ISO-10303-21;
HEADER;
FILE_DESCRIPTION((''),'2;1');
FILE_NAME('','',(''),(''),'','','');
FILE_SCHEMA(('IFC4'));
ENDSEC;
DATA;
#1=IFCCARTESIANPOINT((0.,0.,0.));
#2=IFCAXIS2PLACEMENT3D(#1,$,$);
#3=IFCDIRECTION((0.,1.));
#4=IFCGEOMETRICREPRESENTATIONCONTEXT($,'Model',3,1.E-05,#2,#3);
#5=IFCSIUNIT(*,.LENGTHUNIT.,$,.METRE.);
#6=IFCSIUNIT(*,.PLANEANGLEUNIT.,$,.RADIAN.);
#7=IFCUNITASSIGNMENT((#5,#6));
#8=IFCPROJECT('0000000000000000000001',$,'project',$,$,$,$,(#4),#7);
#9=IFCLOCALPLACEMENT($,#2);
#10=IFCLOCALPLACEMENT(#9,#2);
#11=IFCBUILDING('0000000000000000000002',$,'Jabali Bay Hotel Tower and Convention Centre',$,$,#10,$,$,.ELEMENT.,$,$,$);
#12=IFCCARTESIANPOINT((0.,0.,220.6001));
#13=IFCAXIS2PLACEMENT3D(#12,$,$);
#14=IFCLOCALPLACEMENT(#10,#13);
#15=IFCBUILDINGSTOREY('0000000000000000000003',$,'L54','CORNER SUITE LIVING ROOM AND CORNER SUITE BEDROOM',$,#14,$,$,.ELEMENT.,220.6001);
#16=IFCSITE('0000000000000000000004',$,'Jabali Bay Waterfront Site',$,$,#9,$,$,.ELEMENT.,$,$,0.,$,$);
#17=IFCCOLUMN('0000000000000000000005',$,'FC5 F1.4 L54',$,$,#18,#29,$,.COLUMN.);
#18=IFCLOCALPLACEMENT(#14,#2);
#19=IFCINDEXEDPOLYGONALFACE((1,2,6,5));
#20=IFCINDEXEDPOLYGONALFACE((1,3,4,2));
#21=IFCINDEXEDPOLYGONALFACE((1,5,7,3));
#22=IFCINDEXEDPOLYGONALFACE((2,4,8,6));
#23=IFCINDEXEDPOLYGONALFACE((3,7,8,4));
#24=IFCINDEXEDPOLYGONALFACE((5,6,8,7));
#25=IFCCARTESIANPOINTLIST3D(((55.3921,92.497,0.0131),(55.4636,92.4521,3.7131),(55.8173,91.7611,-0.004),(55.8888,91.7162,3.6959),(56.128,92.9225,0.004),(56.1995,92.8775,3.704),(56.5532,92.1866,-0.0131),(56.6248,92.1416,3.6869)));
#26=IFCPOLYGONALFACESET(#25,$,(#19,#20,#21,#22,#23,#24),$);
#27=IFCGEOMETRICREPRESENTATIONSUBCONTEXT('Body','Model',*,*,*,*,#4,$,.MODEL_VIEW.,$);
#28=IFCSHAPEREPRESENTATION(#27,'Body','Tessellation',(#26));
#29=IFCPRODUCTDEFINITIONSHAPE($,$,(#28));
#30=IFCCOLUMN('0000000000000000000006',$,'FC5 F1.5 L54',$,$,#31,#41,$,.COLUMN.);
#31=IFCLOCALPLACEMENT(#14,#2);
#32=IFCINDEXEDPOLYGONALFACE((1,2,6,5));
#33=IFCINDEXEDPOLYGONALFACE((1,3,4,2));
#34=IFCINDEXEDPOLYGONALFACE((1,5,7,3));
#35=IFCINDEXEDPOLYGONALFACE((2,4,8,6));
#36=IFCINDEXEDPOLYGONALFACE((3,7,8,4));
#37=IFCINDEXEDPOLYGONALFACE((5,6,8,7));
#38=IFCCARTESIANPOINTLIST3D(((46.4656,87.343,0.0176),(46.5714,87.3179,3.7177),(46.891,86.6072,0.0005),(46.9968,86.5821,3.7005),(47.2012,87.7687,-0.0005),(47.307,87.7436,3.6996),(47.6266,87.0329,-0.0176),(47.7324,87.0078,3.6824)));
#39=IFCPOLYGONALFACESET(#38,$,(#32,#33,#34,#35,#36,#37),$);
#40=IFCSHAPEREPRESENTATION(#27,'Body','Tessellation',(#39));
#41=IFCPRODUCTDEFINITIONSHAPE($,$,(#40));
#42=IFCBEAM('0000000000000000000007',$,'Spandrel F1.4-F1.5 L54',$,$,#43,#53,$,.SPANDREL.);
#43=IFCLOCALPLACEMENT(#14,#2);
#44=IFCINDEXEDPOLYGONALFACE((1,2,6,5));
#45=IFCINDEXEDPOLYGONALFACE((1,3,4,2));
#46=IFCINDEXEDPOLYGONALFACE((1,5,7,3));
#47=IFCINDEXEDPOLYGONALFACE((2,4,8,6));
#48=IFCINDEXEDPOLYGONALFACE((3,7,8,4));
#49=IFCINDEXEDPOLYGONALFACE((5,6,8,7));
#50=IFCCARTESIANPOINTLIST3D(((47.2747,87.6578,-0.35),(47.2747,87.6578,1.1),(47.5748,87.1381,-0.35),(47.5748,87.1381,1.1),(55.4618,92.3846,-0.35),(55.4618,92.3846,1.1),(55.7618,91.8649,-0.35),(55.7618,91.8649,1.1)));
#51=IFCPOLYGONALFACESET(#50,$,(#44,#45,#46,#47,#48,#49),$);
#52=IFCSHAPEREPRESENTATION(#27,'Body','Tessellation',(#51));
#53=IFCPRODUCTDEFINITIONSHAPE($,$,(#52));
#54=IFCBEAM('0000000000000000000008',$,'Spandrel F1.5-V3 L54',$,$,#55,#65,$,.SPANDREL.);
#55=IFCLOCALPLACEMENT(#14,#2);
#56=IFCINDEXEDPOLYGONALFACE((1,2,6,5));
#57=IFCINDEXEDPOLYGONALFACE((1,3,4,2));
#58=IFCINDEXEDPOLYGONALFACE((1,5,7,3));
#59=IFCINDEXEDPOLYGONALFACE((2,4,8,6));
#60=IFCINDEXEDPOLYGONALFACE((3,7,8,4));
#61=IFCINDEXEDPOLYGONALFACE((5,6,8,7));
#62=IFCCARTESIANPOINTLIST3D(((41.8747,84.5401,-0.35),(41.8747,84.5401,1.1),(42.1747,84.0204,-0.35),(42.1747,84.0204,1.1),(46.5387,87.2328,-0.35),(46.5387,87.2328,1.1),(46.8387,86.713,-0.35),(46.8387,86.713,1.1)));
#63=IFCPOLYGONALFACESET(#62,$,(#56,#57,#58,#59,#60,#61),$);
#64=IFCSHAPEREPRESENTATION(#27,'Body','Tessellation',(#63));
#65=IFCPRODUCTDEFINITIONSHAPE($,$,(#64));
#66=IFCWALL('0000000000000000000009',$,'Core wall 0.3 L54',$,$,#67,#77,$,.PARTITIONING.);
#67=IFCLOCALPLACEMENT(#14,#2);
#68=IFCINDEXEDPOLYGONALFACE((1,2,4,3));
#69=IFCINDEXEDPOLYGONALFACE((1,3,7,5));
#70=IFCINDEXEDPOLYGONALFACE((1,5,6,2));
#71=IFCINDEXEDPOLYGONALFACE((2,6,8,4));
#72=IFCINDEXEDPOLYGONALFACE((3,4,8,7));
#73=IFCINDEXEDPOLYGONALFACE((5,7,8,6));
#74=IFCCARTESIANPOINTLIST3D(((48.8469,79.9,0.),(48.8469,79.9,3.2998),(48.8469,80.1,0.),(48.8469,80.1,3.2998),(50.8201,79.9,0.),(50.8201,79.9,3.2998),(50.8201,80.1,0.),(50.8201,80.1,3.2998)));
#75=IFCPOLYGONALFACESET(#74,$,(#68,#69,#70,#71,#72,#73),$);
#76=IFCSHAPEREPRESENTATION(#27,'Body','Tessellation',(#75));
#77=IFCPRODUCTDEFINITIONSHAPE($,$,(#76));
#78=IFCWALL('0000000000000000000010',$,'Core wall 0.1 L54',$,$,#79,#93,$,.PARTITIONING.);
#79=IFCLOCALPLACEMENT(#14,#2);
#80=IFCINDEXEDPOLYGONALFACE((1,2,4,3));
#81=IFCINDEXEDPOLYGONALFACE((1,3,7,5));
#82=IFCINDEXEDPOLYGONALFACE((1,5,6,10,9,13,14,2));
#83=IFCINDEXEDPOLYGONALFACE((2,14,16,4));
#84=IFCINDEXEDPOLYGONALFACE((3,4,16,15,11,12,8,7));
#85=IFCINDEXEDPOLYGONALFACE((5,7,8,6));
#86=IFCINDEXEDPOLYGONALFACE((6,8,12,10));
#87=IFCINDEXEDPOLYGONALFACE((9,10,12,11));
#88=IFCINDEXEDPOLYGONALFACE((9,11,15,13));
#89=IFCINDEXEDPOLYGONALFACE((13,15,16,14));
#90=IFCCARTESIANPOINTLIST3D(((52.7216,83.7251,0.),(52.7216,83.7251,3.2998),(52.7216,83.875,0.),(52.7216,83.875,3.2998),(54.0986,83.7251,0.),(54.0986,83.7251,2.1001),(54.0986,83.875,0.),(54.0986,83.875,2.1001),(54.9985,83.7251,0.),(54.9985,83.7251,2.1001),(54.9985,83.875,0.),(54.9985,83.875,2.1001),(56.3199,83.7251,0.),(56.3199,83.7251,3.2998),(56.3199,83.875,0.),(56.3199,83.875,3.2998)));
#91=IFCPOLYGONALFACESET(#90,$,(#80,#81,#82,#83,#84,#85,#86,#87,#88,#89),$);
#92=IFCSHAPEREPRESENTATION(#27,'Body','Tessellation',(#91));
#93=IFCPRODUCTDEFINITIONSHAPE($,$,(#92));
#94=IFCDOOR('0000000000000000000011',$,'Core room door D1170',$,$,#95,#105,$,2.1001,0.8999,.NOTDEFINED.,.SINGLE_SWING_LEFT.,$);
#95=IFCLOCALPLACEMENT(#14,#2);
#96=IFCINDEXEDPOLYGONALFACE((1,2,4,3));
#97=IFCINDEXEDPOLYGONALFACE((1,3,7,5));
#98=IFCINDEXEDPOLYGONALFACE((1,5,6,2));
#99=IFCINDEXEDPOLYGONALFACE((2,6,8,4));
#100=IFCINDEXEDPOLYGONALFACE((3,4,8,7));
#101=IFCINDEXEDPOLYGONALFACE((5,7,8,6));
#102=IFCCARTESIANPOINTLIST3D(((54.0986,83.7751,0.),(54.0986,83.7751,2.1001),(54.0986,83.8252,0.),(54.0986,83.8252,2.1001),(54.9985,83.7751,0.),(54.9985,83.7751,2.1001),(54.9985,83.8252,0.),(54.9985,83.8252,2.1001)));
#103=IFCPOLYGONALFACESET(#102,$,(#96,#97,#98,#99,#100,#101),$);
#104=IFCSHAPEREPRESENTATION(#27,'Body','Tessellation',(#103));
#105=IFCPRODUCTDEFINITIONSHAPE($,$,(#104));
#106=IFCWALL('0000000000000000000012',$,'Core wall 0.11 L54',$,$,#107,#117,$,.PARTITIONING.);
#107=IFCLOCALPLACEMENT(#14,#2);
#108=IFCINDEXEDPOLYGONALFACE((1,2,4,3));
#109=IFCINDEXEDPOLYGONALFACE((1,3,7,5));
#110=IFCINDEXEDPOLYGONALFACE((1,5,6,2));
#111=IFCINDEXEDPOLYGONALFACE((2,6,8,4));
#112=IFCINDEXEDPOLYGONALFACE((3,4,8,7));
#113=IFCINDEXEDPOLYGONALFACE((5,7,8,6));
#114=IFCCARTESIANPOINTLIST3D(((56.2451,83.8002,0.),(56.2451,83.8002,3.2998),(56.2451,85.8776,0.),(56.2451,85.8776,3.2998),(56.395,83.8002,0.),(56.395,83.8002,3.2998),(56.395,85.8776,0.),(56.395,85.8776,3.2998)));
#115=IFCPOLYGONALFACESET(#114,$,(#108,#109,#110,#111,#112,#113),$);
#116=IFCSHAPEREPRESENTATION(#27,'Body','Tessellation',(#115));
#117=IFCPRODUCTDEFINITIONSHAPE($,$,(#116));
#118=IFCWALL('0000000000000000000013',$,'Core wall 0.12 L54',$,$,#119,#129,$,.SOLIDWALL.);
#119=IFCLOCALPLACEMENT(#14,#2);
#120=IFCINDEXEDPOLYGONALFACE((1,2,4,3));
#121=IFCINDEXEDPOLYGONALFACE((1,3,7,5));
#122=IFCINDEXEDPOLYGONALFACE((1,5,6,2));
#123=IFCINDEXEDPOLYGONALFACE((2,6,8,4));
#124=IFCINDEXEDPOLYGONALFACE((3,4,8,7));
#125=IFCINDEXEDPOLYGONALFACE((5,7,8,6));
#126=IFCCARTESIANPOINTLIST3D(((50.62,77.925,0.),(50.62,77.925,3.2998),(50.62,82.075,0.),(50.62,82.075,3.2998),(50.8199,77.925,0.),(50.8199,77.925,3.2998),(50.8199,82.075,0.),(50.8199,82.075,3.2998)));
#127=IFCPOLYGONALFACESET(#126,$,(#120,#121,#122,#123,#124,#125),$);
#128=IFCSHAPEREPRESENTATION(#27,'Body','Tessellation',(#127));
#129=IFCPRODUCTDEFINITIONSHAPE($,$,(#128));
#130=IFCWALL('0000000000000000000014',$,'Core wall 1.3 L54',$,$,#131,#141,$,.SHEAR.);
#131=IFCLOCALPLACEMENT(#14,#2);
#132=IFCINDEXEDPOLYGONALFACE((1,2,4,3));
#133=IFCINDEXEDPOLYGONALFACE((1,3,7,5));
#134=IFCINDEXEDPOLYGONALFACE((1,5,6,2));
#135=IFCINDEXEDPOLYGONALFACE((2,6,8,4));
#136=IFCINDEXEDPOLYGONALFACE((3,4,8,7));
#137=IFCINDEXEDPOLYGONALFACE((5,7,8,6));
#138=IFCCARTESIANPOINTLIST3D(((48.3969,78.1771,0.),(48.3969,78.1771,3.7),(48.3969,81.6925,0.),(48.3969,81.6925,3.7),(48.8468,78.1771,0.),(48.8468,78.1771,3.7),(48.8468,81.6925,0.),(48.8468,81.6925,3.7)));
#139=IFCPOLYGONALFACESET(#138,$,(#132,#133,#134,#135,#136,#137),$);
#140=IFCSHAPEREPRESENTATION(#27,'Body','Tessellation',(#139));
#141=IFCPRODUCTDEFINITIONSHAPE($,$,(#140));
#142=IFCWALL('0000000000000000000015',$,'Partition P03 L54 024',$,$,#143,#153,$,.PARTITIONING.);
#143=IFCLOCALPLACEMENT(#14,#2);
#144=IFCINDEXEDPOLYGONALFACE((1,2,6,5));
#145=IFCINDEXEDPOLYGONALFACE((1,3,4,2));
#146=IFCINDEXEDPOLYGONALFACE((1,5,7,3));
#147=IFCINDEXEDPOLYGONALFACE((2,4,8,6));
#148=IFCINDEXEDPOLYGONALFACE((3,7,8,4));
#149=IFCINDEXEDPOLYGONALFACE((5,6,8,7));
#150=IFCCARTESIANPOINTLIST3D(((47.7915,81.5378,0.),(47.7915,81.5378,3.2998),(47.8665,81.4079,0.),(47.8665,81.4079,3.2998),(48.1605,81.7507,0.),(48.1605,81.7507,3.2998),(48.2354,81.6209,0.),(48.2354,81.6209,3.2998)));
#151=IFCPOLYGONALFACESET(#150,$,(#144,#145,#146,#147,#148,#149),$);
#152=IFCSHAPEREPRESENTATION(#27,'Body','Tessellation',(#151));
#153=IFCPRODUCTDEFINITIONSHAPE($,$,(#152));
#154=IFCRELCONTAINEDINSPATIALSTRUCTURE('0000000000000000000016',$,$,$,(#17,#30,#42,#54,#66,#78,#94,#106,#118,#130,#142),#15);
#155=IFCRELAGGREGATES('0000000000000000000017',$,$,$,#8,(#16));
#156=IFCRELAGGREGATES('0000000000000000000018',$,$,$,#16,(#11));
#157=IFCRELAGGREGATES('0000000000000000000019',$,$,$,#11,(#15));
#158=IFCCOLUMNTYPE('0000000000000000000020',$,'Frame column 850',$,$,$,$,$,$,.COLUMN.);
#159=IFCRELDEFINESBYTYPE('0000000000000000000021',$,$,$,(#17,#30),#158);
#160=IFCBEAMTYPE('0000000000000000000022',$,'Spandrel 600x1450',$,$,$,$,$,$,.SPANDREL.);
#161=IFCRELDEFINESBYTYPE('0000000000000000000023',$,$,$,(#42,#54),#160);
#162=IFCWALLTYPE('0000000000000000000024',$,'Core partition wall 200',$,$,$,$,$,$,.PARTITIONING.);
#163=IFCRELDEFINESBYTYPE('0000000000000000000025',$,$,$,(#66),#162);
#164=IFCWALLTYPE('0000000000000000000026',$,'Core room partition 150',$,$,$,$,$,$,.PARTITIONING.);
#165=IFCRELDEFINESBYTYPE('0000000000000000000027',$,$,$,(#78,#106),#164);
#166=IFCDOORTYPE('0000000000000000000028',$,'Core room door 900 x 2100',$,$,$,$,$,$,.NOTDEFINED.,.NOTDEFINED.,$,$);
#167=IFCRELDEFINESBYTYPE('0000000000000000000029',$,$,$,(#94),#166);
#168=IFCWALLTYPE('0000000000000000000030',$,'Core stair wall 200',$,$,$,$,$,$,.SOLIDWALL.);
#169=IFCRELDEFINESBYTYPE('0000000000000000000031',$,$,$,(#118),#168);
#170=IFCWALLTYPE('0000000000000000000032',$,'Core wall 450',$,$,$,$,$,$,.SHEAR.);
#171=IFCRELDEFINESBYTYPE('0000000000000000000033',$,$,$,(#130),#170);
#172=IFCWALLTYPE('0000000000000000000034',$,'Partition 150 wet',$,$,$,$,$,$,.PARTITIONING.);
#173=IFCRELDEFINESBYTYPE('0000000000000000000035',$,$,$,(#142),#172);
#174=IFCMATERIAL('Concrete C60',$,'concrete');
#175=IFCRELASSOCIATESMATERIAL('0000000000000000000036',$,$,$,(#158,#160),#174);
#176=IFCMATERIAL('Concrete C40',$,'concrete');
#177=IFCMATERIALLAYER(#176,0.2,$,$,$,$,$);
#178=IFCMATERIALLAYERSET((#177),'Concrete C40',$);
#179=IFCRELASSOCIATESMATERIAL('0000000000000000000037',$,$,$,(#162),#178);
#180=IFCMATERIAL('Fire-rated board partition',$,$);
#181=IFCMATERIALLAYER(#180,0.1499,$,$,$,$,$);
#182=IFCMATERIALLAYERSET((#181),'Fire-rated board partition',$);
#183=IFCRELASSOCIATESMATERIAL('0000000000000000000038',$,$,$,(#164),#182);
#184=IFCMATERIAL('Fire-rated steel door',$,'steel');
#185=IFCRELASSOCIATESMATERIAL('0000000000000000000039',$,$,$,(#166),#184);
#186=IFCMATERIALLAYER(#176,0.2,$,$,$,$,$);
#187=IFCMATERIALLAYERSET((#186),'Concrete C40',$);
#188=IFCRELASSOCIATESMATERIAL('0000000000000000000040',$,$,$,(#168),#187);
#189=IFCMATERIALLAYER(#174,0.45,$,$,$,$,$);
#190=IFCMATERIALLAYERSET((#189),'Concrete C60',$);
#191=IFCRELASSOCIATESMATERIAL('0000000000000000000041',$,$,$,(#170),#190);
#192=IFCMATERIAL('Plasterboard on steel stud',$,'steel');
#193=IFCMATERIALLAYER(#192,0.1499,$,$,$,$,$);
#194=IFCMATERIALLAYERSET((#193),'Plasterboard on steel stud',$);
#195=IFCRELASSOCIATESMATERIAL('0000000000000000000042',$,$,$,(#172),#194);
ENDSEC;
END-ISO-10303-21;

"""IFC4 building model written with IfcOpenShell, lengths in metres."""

from ifc_helpers import new_model, si_unit, direction, frame, frame_2d, origin, origin_2d, place, context, subcontext, project, spatial, rectangle, extrude, material, layer, layer_set, material_profile, profile_set, type_object, element, fill, save


model = new_model("IFC4")

# Units and contexts
model_context = context("Model", 3, precision=1e-05, world=origin(), true_north=direction((0.0, 1.0)))
body_context = subcontext(model_context, "Body", "Model", "MODEL_VIEW")
ifc_project = project(units=[si_unit("LENGTHUNIT", "METRE"), si_unit("PLANEANGLEUNIT", "RADIAN")], contexts=[model_context])

# Site, building, storey
site_placement = place(None, origin())
site = spatial("IfcSite", under=ifc_project, at=site_placement, Name="Jabali Bay Waterfront Site", CompositionType="ELEMENT", RefElevation=0.0)
building_placement = place(site_placement, origin())
building = spatial("IfcBuilding", under=site, at=building_placement, Name="Jabali Bay Hotel Tower and Convention Centre", CompositionType="ELEMENT")
storey_placement = place(building_placement, frame((0.0, 0.0, 220.6001)))
storey = spatial("IfcBuildingStorey", under=building, at=storey_placement, Name="L54", Description="CORNER SUITE LIVING ROOM AND CORNER SUITE BEDROOM", CompositionType="ELEMENT", Elevation=220.6001)

# Columns
ifc_material_1 = material(Name="Concrete C60", Category="concrete")
ifc_material_profile_1 = material_profile(ifc_material_1, rectangle(XDim=0.8501, YDim=0.8501, at=origin_2d()), Name="Frame column 850")
ifc_profile_set_1 = profile_set([ifc_material_profile_1], Name="Concrete C60")
column_type = type_object("IfcColumnType", Name="Frame column 850", PredefinedType="COLUMN", material=ifc_profile_set_1)
column_1_placement = place(storey_placement, frame((55.9727, 92.3418, 0.0), z_axis=(0.019329, -0.012138, 0.99974), x_axis=(-0.5002, 0.865675, 0.020181)))
element("IfcColumn", 1, at=column_1_placement, inside=storey, type_object=column_type, Name="FC5 F1.4 L54", PredefinedType="COLUMN", context=body_context, shape_type="SweptSolid", body=[
    extrude(rectangle(XDim=0.8501, YDim=0.8501, at=origin_2d()), origin(), (0.0, 0.0, 1.0), 3.7009),
])
column_2_placement = place(storey_placement, frame((47.0461, 87.188, 0.0), z_axis=(0.028559, -0.006794, 0.999569), x_axis=(-0.500406, 0.865556, 0.02018)))
element("IfcColumn", 2, at=column_2_placement, inside=storey, type_object=column_type, Name="FC5 F1.5 L54", PredefinedType="COLUMN", context=body_context, shape_type="SweptSolid", body=[
    extrude(rectangle(XDim=0.8501, YDim=0.8501, at=origin_2d()), origin(), (0.0, 0.0, 1.0), 3.7017),
])

# Beams
ifc_material_profile_2 = material_profile(ifc_material_1, rectangle(XDim=0.6001, YDim=1.45, at=origin_2d()), Name="Spandrel 600x1450")
ifc_profile_set_2 = profile_set([ifc_material_profile_2], Name="Concrete C60")
beam_type = type_object("IfcBeamType", Name="Spandrel 600x1450", PredefinedType="SPANDREL", material=ifc_profile_set_2)
beam_1_placement = place(storey_placement, frame((55.6118, 92.1248, 0.375), z_axis=(-0.866024, -0.500003, 0.0), x_axis=(0.500003, -0.866024, 0.0)))
element("IfcBeam", 3, at=beam_1_placement, inside=storey, type_object=beam_type, Name="Spandrel F1.4-F1.5 L54", PredefinedType="SPANDREL", context=body_context, shape_type="SweptSolid", body=[
    extrude(rectangle(XDim=0.6001, YDim=1.45, at=origin_2d()), origin(), (0.0, 0.0, 1.0), 9.4536),
])
beam_2_placement = place(storey_placement, frame((46.6887, 86.9729, 0.375), z_axis=(-0.866039, -0.499976, 0.0), x_axis=(0.499976, -0.866039, 0.0)))
element("IfcBeam", 4, at=beam_2_placement, inside=storey, type_object=beam_type, Name="Spandrel F1.5-V3 L54", PredefinedType="SPANDREL", context=body_context, shape_type="SweptSolid", body=[
    extrude(rectangle(XDim=0.6001, YDim=1.45, at=origin_2d()), origin(), (0.0, 0.0, 1.0), 5.3855),
])

# Wall
ifc_material_2 = material(Name="Concrete C40", Category="concrete")
ifc_layer_1 = layer(ifc_material_2, 0.2)
ifc_layer_set_1 = layer_set([ifc_layer_1], Name="Concrete C40")
wall_type_1 = type_object("IfcWallType", Name="Core partition wall 200", PredefinedType="PARTITIONING", material=ifc_layer_set_1)
wall_1_placement = place(storey_placement, frame((50.8201, 80.0, 0.0), z_axis=(0.0, 0.0, 1.0), x_axis=(-1.0, 0.0, 0.0)))
element("IfcWall", 5, at=wall_1_placement, inside=storey, type_object=wall_type_1, Name="Core wall 0.3 L54", PredefinedType="PARTITIONING", context=body_context, shape_type="SweptSolid", body=[
    extrude(rectangle(XDim=1.9731, YDim=0.2, at=frame_2d((0.9866, 0.0))), origin(), (0.0, 0.0, 1.0), 3.2998),
])

# Wall, opening, door
ifc_material_3 = material(Name="Fire-rated board partition")
ifc_layer_2 = layer(ifc_material_3, 0.1499)
ifc_layer_set_2 = layer_set([ifc_layer_2], Name="Fire-rated board partition")
wall_type_2 = type_object("IfcWallType", Name="Core room partition 150", PredefinedType="PARTITIONING", material=ifc_layer_set_2)
wall_2_placement = place(storey_placement, frame((56.3201, 83.8, 0.0), z_axis=(0.0, 0.0, 1.0), x_axis=(-1.0, 0.0, 0.0)))
wall_2 = element("IfcWall", 6, at=wall_2_placement, inside=storey, type_object=wall_type_2, Name="Core wall 0.1 L54", PredefinedType="PARTITIONING", context=body_context, shape_type="SweptSolid", body=[
    extrude(rectangle(XDim=3.5984, YDim=0.1499, at=frame_2d((1.7993, 0.0))), origin(), (0.0, 0.0, 1.0), 3.2998),
])
opening_placement = place(wall_2_placement, frame((1.3215, 0.0, 0.0)))
opening = element("IfcOpeningElement", 7, at=opening_placement, cuts=wall_2, PredefinedType="OPENING", context=body_context, shape_type="SweptSolid", body=[
    extrude(rectangle(XDim=0.8999, YDim=2.1001, at=frame_2d((0.45, 1.05))), frame((0.0, 0.0854, 0.0), z_axis=(0.0, -1.0, 0.0), x_axis=(1.0, 0.0, 0.0)), (0.0, 0.0, 1.0), 0.1709),
])
ifc_material_4 = material(Name="Fire-rated steel door", Category="steel")
door_type = type_object("IfcDoorType", Name="Core room door 900 x 2100", OperationType="NOTDEFINED", PredefinedType="NOTDEFINED", material=ifc_material_4)
door_placement = place(opening_placement, origin())
door = element("IfcDoor", 8, at=door_placement, inside=storey, type_object=door_type, Name="Core room door D1170", OperationType="SINGLE_SWING_LEFT", OverallHeight=2.1001, OverallWidth=0.8999, PredefinedType="NOTDEFINED", context=body_context, shape_type="SweptSolid", body=[
    extrude(rectangle(XDim=0.8999, YDim=2.1001, at=frame_2d((0.45, 1.05))), frame((0.0, 0.0249, 0.0), z_axis=(0.0, -1.0, 0.0), x_axis=(1.0, 0.0, 0.0)), (0.0, 0.0, 1.0), 0.05),
])
fill(opening, door)

# Walls
wall_3_placement = place(storey_placement, frame((56.3201, 85.8774, 0.0), z_axis=(0.0, 0.0, 1.0), x_axis=(0.0, -1.0, 0.0)))
element("IfcWall", 9, at=wall_3_placement, inside=storey, type_object=wall_type_2, Name="Core wall 0.11 L54", PredefinedType="PARTITIONING", context=body_context, shape_type="SweptSolid", body=[
    extrude(rectangle(XDim=2.0774, YDim=0.1499, at=frame_2d((1.0386, 0.0))), origin(), (0.0, 0.0, 1.0), 3.2998),
])
ifc_layer_3 = layer(ifc_material_2, 0.2)
ifc_layer_set_3 = layer_set([ifc_layer_3], Name="Concrete C40")
wall_type_3 = type_object("IfcWallType", Name="Core stair wall 200", PredefinedType="SOLIDWALL", material=ifc_layer_set_3)
wall_4_placement = place(storey_placement, frame((50.72, 82.075, 0.0), z_axis=(0.0, 0.0, 1.0), x_axis=(0.0, -1.0, 0.0)))
element("IfcWall", 10, at=wall_4_placement, inside=storey, type_object=wall_type_3, Name="Core wall 0.12 L54", PredefinedType="SOLIDWALL", context=body_context, shape_type="SweptSolid", body=[
    extrude(rectangle(XDim=4.1499, YDim=0.2, at=frame_2d((2.075, 0.0))), origin(), (0.0, 0.0, 1.0), 3.2998),
])
ifc_layer_4 = layer(ifc_material_1, 0.45)
ifc_layer_set_4 = layer_set([ifc_layer_4], Name="Concrete C60")
wall_type_4 = type_object("IfcWallType", Name="Core wall 450", PredefinedType="SHEAR", material=ifc_layer_set_4)
wall_5_placement = place(storey_placement, frame((48.6218, 81.6926, 0.0), z_axis=(0.0, 0.0, 1.0), x_axis=(0.0, -1.0, 0.0)))
element("IfcWall", 11, at=wall_5_placement, inside=storey, type_object=wall_type_4, Name="Core wall 1.3 L54", PredefinedType="SHEAR", context=body_context, shape_type="SweptSolid", body=[
    extrude(rectangle(XDim=3.5154, YDim=0.45, at=frame_2d((1.7578, 0.0))), origin(), (0.0, 0.0, 1.0), 3.7),
])
ifc_material_5 = material(Name="Plasterboard on steel stud", Category="steel")
ifc_layer_5 = layer(ifc_material_5, 0.1499)
ifc_layer_set_5 = layer_set([ifc_layer_5], Name="Plasterboard on steel stud")
wall_type_5 = type_object("IfcWallType", Name="Partition 150 wet", PredefinedType="PARTITIONING", material=ifc_layer_set_5)
wall_6_placement = place(storey_placement, frame((47.8291, 81.4729, 0.0), z_axis=(0.0, 0.0, 1.0), x_axis=(0.866119, 0.499838, 0.0)))
element("IfcWall", 12, at=wall_6_placement, inside=storey, type_object=wall_type_5, Name="Partition P03 L54 024", PredefinedType="PARTITIONING", context=body_context, shape_type="SweptSolid", body=[
    extrude(rectangle(XDim=0.426, YDim=0.1499, at=frame_2d((0.2129, 0.0))), origin(), (0.0, 0.0, 1.0), 3.2998),
])

save(model, "model.ifc")
